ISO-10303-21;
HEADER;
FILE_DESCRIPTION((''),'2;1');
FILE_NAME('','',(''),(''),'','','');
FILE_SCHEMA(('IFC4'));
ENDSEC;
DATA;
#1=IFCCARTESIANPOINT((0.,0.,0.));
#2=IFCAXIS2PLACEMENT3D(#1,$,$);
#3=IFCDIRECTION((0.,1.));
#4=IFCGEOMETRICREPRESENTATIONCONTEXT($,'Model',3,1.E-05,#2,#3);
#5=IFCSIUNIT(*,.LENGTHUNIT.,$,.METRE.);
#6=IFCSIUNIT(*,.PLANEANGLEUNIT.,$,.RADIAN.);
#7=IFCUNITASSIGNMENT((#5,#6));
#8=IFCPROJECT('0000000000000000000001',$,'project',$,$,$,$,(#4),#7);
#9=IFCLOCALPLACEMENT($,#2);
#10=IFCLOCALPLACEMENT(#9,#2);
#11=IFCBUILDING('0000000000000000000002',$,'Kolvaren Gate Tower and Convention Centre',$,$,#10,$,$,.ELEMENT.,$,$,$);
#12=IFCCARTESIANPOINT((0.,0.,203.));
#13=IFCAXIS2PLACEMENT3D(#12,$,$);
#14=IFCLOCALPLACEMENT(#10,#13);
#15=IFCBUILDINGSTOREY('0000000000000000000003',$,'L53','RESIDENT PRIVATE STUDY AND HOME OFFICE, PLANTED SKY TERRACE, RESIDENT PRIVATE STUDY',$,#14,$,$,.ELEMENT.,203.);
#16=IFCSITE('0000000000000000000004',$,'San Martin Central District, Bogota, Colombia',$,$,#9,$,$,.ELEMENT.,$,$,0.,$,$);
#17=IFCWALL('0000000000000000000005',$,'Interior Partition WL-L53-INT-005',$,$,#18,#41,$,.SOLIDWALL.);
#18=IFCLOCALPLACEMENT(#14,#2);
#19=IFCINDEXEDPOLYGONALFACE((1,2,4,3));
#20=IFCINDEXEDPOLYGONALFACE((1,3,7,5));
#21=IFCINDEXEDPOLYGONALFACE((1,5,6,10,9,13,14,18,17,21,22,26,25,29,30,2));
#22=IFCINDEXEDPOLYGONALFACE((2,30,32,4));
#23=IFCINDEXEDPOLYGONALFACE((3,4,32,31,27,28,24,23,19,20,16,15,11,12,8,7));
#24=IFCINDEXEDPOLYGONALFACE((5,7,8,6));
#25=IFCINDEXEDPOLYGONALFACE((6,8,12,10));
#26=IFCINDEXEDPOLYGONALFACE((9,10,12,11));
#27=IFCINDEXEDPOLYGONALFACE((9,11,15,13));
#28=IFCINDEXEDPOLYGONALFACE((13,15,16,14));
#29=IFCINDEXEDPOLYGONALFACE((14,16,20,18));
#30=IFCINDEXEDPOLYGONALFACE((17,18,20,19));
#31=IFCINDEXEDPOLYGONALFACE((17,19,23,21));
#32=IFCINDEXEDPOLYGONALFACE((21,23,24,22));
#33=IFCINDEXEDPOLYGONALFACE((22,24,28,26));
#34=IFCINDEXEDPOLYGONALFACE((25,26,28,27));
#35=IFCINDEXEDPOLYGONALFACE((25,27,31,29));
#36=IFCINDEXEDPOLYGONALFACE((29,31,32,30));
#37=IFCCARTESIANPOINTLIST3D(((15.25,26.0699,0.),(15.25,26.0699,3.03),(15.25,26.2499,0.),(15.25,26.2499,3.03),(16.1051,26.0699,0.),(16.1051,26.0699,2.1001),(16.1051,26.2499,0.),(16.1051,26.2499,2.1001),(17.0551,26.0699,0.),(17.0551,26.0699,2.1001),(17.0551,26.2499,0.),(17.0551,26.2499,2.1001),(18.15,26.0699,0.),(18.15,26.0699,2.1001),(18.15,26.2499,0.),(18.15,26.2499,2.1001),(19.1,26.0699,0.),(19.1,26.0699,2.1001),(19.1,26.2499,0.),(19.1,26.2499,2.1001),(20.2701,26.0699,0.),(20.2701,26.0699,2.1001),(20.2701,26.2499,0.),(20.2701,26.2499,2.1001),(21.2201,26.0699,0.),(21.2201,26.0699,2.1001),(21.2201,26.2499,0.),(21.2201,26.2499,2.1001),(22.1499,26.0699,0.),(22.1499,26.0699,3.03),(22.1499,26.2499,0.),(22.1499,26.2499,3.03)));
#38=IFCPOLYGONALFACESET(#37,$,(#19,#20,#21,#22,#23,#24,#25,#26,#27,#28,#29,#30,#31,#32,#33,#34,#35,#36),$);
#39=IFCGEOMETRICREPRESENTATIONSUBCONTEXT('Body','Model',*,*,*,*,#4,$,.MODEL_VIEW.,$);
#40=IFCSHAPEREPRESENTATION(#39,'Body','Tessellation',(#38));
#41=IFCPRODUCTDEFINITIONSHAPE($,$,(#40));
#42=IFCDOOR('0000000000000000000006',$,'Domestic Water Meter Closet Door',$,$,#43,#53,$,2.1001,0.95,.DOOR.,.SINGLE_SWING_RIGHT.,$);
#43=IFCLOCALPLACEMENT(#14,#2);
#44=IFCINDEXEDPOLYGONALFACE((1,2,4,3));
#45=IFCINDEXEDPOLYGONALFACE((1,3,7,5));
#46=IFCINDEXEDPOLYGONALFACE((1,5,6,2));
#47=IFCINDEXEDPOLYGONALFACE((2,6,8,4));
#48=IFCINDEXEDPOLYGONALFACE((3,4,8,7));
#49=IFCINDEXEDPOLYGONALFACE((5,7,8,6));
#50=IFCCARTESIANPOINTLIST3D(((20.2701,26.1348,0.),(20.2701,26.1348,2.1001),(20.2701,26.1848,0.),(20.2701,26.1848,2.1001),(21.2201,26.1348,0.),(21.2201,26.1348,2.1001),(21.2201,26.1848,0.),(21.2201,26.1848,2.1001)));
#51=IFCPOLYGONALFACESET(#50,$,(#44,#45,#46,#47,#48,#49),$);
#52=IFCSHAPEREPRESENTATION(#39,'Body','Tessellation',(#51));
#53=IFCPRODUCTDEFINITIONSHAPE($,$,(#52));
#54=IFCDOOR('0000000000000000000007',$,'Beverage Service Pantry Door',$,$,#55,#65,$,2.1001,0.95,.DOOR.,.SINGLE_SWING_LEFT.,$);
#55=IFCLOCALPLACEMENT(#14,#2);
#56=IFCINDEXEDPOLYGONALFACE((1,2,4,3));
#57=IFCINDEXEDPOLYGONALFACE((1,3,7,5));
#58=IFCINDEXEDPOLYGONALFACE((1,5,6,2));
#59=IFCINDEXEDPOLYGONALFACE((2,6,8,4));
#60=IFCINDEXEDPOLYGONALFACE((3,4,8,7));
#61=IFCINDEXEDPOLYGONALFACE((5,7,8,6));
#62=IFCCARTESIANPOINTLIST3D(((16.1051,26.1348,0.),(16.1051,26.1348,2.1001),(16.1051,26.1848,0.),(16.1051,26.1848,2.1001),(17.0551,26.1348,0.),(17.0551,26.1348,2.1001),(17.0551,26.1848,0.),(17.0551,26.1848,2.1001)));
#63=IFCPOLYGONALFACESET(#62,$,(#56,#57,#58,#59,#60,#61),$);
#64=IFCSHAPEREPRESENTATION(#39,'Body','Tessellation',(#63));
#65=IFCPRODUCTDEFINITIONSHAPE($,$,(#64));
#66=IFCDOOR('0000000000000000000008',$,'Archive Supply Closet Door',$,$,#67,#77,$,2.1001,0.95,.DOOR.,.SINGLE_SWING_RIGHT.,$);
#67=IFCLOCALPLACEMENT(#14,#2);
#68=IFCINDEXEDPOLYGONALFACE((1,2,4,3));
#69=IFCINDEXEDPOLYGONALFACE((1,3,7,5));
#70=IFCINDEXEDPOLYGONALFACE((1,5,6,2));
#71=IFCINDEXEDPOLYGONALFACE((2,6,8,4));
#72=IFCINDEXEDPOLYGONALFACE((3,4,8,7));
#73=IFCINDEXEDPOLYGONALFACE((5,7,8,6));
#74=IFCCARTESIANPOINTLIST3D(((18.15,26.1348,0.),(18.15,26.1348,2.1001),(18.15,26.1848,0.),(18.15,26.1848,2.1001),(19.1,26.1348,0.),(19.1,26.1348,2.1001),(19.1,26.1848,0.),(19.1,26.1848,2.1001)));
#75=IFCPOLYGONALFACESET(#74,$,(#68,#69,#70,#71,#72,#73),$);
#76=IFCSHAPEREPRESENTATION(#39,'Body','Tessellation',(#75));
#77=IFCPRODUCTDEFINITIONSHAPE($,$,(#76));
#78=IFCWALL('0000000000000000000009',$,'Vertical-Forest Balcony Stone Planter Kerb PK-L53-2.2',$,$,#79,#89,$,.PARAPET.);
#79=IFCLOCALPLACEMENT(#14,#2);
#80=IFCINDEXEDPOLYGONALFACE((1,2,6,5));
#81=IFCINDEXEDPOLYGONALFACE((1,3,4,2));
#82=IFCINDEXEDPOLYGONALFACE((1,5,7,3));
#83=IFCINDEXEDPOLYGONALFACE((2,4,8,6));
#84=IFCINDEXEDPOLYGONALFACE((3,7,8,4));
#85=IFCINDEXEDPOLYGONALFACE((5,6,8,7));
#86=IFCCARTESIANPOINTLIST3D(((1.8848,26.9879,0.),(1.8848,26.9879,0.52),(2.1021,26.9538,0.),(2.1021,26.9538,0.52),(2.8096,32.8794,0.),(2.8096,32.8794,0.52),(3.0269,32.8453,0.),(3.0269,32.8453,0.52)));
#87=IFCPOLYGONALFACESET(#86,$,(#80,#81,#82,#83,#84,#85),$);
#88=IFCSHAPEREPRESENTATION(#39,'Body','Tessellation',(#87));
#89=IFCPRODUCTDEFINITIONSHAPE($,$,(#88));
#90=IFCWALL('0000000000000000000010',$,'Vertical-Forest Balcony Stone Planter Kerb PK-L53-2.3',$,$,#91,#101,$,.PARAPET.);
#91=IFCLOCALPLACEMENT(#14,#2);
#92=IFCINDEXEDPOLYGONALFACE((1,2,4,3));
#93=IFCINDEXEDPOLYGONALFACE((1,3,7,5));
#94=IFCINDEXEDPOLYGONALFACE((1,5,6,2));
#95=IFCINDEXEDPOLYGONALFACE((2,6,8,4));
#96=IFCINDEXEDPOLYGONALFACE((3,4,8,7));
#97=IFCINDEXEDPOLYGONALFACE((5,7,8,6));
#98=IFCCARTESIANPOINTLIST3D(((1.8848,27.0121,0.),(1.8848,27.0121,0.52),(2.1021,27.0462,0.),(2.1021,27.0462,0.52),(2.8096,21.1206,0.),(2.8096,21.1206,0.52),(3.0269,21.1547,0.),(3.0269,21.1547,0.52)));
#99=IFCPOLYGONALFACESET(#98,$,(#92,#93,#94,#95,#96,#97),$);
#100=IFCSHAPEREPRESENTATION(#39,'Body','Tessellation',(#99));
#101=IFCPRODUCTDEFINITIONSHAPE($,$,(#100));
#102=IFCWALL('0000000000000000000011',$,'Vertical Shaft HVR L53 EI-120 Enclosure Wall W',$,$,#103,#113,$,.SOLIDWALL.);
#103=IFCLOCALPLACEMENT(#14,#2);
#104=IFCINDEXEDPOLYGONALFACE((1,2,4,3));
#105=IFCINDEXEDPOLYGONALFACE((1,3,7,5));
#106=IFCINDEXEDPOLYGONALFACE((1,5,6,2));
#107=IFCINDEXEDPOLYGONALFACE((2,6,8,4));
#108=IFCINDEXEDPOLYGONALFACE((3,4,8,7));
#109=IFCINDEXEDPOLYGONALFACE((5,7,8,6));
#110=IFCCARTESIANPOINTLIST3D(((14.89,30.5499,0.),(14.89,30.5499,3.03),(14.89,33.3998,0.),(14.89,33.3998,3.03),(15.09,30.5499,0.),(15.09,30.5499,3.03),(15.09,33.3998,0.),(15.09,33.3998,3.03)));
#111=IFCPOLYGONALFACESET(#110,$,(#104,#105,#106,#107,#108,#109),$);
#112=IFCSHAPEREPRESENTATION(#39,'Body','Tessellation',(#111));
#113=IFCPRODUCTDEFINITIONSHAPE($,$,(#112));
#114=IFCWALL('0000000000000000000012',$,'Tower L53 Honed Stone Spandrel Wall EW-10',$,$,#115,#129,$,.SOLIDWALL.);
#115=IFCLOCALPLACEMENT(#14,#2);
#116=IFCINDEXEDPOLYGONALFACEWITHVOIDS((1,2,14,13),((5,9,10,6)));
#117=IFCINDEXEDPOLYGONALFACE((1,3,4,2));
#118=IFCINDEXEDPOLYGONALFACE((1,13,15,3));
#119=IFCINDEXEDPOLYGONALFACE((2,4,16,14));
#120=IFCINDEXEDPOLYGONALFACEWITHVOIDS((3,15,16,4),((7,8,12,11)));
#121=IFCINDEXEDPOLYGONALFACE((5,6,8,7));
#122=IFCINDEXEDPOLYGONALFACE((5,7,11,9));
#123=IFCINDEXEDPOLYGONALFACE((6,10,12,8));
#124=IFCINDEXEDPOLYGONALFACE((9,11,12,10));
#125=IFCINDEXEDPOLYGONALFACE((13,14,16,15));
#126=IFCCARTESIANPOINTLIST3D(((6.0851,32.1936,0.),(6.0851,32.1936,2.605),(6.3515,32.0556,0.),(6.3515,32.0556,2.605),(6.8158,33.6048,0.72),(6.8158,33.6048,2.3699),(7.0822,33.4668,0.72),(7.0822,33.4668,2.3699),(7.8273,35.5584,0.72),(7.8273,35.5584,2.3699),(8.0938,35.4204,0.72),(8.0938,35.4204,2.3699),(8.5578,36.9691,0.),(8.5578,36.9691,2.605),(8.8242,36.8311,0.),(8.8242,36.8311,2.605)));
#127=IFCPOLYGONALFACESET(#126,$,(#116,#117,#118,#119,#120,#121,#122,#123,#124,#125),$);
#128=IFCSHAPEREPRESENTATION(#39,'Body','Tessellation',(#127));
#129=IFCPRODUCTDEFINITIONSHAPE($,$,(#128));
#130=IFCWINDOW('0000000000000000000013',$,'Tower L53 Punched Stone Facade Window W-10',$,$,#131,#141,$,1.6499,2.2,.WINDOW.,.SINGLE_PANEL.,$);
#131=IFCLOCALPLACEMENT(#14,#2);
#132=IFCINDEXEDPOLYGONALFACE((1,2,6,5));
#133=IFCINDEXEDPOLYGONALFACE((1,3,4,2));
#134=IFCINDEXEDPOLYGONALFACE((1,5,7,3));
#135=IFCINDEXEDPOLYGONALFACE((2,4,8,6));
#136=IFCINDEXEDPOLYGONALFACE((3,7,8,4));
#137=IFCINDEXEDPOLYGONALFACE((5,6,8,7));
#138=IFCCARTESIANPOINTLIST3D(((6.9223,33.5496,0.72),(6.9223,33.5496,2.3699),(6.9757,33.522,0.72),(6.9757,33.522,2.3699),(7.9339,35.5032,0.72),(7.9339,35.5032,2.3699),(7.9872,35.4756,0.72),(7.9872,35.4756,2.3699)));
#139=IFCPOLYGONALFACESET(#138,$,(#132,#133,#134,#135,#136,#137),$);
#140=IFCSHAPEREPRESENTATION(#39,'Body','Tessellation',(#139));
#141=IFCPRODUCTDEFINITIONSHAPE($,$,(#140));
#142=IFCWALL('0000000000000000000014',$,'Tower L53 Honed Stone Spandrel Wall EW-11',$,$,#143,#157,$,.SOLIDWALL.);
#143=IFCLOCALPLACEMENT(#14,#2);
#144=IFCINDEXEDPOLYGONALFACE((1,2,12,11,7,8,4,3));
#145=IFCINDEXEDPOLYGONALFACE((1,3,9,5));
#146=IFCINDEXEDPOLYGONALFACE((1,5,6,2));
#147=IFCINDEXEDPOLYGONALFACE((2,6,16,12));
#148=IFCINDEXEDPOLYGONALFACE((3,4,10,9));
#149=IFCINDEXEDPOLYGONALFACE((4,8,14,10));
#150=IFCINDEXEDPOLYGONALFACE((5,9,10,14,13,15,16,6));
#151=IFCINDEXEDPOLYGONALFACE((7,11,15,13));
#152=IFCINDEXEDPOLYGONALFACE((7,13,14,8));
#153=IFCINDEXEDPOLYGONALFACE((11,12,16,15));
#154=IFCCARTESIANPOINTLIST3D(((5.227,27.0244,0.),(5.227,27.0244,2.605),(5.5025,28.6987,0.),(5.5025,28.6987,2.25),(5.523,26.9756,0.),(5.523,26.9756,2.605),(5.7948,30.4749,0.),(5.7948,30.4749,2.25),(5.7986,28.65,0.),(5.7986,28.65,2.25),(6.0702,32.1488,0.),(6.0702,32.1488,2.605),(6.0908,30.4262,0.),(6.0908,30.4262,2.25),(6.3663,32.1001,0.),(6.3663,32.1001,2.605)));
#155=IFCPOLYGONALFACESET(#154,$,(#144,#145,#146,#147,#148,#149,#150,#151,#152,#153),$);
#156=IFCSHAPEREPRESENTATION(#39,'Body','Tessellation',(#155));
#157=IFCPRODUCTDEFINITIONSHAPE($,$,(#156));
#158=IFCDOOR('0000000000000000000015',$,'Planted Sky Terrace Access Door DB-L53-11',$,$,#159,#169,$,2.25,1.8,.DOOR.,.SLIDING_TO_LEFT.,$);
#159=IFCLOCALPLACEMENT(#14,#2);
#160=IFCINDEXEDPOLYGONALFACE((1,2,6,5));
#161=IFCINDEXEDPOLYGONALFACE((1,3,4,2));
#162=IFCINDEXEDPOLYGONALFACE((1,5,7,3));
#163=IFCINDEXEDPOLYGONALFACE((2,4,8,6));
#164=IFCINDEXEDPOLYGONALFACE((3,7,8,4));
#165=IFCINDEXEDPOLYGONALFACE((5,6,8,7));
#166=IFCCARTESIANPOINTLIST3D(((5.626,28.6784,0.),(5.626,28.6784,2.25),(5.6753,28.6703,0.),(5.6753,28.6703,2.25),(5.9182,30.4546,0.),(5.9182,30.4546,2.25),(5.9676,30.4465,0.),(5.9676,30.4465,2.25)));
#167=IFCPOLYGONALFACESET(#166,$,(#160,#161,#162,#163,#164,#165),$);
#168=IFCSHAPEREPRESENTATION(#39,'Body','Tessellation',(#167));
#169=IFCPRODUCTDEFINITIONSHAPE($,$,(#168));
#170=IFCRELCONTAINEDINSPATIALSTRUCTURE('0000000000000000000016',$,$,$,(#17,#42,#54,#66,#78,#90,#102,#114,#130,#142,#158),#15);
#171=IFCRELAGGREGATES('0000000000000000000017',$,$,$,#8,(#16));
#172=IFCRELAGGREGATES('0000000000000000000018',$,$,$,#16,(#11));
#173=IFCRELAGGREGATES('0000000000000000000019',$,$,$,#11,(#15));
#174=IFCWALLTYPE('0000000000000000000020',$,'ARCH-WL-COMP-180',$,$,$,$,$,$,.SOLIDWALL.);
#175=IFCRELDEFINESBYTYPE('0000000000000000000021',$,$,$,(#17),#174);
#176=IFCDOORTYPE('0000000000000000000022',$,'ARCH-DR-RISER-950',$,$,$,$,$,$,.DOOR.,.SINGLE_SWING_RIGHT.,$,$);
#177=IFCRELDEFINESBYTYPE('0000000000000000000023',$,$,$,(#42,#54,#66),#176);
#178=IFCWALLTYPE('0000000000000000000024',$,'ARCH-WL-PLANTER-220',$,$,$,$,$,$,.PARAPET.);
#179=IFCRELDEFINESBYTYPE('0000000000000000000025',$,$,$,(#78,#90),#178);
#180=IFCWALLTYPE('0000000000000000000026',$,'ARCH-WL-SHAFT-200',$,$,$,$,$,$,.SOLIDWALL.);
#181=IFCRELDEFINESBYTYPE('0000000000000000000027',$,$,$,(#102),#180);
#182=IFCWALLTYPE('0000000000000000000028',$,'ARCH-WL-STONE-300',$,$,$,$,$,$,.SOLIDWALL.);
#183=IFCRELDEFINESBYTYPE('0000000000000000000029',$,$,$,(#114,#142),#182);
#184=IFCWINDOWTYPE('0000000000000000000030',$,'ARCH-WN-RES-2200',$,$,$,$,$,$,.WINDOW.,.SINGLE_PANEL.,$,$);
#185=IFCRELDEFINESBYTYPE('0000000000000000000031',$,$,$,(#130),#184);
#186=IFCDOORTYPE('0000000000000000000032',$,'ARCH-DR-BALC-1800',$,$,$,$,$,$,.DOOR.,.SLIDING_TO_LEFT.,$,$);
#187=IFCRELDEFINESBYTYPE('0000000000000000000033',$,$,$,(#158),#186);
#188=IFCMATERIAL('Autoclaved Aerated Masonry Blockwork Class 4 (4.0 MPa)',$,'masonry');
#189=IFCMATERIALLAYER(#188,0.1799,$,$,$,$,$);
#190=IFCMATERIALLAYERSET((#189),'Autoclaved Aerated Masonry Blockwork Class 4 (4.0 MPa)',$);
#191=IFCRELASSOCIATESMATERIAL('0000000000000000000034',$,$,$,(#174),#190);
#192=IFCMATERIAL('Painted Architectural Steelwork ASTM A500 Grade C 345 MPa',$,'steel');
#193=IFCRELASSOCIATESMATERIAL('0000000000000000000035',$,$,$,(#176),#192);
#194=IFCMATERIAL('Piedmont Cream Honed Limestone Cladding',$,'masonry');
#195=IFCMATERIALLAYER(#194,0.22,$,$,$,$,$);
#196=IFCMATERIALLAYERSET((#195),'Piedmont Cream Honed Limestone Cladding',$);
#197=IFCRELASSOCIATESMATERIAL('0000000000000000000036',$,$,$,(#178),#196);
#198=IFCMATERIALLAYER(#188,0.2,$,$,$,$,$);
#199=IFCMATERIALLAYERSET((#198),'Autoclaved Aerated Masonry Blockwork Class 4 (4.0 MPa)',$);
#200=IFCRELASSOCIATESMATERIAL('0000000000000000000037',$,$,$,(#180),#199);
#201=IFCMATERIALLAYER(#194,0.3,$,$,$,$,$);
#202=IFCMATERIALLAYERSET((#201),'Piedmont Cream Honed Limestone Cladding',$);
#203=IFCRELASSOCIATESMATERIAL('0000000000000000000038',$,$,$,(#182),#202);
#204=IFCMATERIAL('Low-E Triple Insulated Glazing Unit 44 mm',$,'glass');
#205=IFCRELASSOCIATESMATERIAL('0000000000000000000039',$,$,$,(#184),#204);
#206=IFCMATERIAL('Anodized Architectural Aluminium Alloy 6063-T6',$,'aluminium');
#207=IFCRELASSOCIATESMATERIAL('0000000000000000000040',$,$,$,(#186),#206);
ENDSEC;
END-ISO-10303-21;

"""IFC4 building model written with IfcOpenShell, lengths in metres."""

from ifc_helpers import new_model, si_unit, direction, frame, frame_2d, origin, place, context, subcontext, project, spatial, rectangle, extrude, material, layer, layer_set, type_object, element, fill, save


model = new_model("IFC4")

# Units and contexts
model_context = context("Model", 3, precision=1e-05, world=origin(), true_north=direction((0.0, 1.0)))
body_context = subcontext(model_context, "Body", "Model", "MODEL_VIEW")
ifc_project = project(units=[si_unit("LENGTHUNIT", "METRE"), si_unit("PLANEANGLEUNIT", "RADIAN")], contexts=[model_context])

# Site, building, storey
site_placement = place(None, origin())
site = spatial("IfcSite", under=ifc_project, at=site_placement, Name="San Martin Central District, Bogota, Colombia", CompositionType="ELEMENT", RefElevation=0.0)
building_placement = place(site_placement, origin())
building = spatial("IfcBuilding", under=site, at=building_placement, Name="Kolvaren Gate Tower and Convention Centre", CompositionType="ELEMENT")
storey_placement = place(building_placement, frame((0.0, 0.0, 203.0)))
storey = spatial("IfcBuildingStorey", under=building, at=storey_placement, Name="L53", Description="RESIDENT PRIVATE STUDY AND HOME OFFICE, PLANTED SKY TERRACE, RESIDENT PRIVATE STUDY", CompositionType="ELEMENT", Elevation=203.0)

# Wall, openings, doors
ifc_material_1 = material(Name="Autoclaved Aerated Masonry Blockwork Class 4 (4.0 MPa)", Category="masonry")
ifc_layer_1 = layer(ifc_material_1, 0.1799)
ifc_layer_set_1 = layer_set([ifc_layer_1], Name="Autoclaved Aerated Masonry Blockwork Class 4 (4.0 MPa)")
wall_type_1 = type_object("IfcWallType", Name="ARCH-WL-COMP-180", PredefinedType="SOLIDWALL", material=ifc_layer_set_1)
ifc_material_2 = material(Name="Painted Architectural Steelwork ASTM A500 Grade C 345 MPa", Category="steel")
door_type_1 = type_object("IfcDoorType", Name="ARCH-DR-RISER-950", OperationType="SINGLE_SWING_RIGHT", PredefinedType="DOOR", material=ifc_material_2)
wall_1_placement = place(storey_placement, frame((15.25, 26.1599, 0.0), z_axis=(0.0, 0.0, 1.0), x_axis=(1.0, 0.0, 0.0)))
wall_1 = element("IfcWall", 1, at=wall_1_placement, inside=storey, type_object=wall_type_1, Name="Interior Partition WL-L53-INT-005", PredefinedType="SOLIDWALL", context=body_context, shape_type="SweptSolid", body=[
    extrude(rectangle(XDim=6.8999, YDim=0.1799, at=frame_2d((3.45, 0.0))), origin(), (0.0, 0.0, 1.0), 3.03),
])
opening_1_placement = place(wall_1_placement, frame((5.02, 0.0, 0.0)))
opening_1 = element("IfcOpeningElement", 2, at=opening_1_placement, cuts=wall_1, PredefinedType="OPENING", context=body_context, shape_type="SweptSolid", body=[
    extrude(rectangle(XDim=0.95, YDim=2.1001, at=frame_2d((0.4751, 1.05))), frame((0.0, 0.0999, 0.0), z_axis=(0.0, -1.0, 0.0), x_axis=(1.0, 0.0, 0.0)), (0.0, 0.0, 1.0), 0.2),
])
opening_2_placement = place(wall_1_placement, frame((0.855, 0.0, 0.0)))
opening_2 = element("IfcOpeningElement", 3, at=opening_2_placement, cuts=wall_1, PredefinedType="OPENING", context=body_context, shape_type="SweptSolid", body=[
    extrude(rectangle(XDim=0.95, YDim=2.1001, at=frame_2d((0.4751, 1.05))), frame((0.0, 0.0999, 0.0), z_axis=(0.0, -1.0, 0.0), x_axis=(1.0, 0.0, 0.0)), (0.0, 0.0, 1.0), 0.2),
])
opening_3_placement = place(wall_1_placement, frame((2.8999, 0.0, 0.0)))
opening_3 = element("IfcOpeningElement", 4, at=opening_3_placement, cuts=wall_1, PredefinedType="OPENING", context=body_context, shape_type="SweptSolid", body=[
    extrude(rectangle(XDim=0.95, YDim=2.1001, at=frame_2d((0.4751, 1.05))), frame((0.0, 0.0999, 0.0), z_axis=(0.0, -1.0, 0.0), x_axis=(1.0, 0.0, 0.0)), (0.0, 0.0, 1.0), 0.2),
])
door_1_placement = place(opening_1_placement, origin())
door_1 = element("IfcDoor", 5, at=door_1_placement, inside=storey, type_object=door_type_1, Name="Domestic Water Meter Closet Door", OperationType="SINGLE_SWING_RIGHT", OverallHeight=2.1001, OverallWidth=0.95, PredefinedType="DOOR", context=body_context, shape_type="SweptSolid", body=[
    extrude(rectangle(XDim=0.95, YDim=2.1001, at=frame_2d((0.4751, 1.05))), frame((0.0, 0.0249, 0.0), z_axis=(0.0, -1.0, 0.0), x_axis=(1.0, 0.0, 0.0)), (0.0, 0.0, 1.0), 0.05),
])
fill(opening_1, door_1)
door_2_placement = place(opening_2_placement, origin())
door_2 = element("IfcDoor", 6, at=door_2_placement, inside=storey, type_object=door_type_1, Name="Beverage Service Pantry Door", OperationType="SINGLE_SWING_LEFT", OverallHeight=2.1001, OverallWidth=0.95, PredefinedType="DOOR", context=body_context, shape_type="SweptSolid", body=[
    extrude(rectangle(XDim=0.95, YDim=2.1001, at=frame_2d((0.4751, 1.05))), frame((0.0, 0.0249, 0.0), z_axis=(0.0, -1.0, 0.0), x_axis=(1.0, 0.0, 0.0)), (0.0, 0.0, 1.0), 0.05),
])
fill(opening_2, door_2)
door_3_placement = place(opening_3_placement, origin())
door_3 = element("IfcDoor", 7, at=door_3_placement, inside=storey, type_object=door_type_1, Name="Archive Supply Closet Door", OperationType="SINGLE_SWING_RIGHT", OverallHeight=2.1001, OverallWidth=0.95, PredefinedType="DOOR", context=body_context, shape_type="SweptSolid", body=[
    extrude(rectangle(XDim=0.95, YDim=2.1001, at=frame_2d((0.4751, 1.05))), frame((0.0, 0.0249, 0.0), z_axis=(0.0, -1.0, 0.0), x_axis=(1.0, 0.0, 0.0)), (0.0, 0.0, 1.0), 0.05),
])
fill(opening_3, door_3)

# Walls
ifc_material_3 = material(Name="Piedmont Cream Honed Limestone Cladding", Category="masonry")
ifc_layer_2 = layer(ifc_material_3, 0.22)
ifc_layer_set_2 = layer_set([ifc_layer_2], Name="Piedmont Cream Honed Limestone Cladding")
wall_type_2 = type_object("IfcWallType", Name="ARCH-WL-PLANTER-220", PredefinedType="PARAPET", material=ifc_layer_set_2)
for number, where, z_axis, x_axis, name in (
    (8, (1.9934, 26.9707, 0.0), (0.0, 0.0, 1.0), (0.155071, 0.987903, 0.0), "Vertical-Forest Balcony Stone Planter Kerb PK-L53-2.2"),
    (9, (1.9934, 27.0293, 0.0), (0.0, 0.0, 1.0), (0.155071, -0.987903, 0.0), "Vertical-Forest Balcony Stone Planter Kerb PK-L53-2.3"),
):
    element("IfcWall", number, at=place(storey_placement, frame(where, z_axis=z_axis, x_axis=x_axis)), inside=storey, type_object=wall_type_2, Name=name, PredefinedType="PARAPET", context=body_context, shape_type="SweptSolid", body=[
        extrude(rectangle(XDim=5.9636, YDim=0.22, at=frame_2d((2.9819, 0.0))), origin(), (0.0, 0.0, 1.0), 0.52),
    ])
ifc_layer_3 = layer(ifc_material_1, 0.2)
ifc_layer_set_3 = layer_set([ifc_layer_3], Name="Autoclaved Aerated Masonry Blockwork Class 4 (4.0 MPa)")
wall_type_3 = type_object("IfcWallType", Name="ARCH-WL-SHAFT-200", PredefinedType="SOLIDWALL", material=ifc_layer_set_3)
wall_2_placement = place(storey_placement, frame((14.99, 30.55, 0.0), z_axis=(0.0, 0.0, 1.0), x_axis=(0.0, 1.0, 0.0)))
element("IfcWall", 10, at=wall_2_placement, inside=storey, type_object=wall_type_3, Name="Vertical Shaft HVR L53 EI-120 Enclosure Wall W", PredefinedType="SOLIDWALL", context=body_context, shape_type="SweptSolid", body=[
    extrude(rectangle(XDim=2.8499, YDim=0.2, at=frame_2d((1.4248, 0.0))), origin(), (0.0, 0.0, 1.0), 3.03),
])

# Wall, opening, window
ifc_layer_4 = layer(ifc_material_3, 0.3)
ifc_layer_set_4 = layer_set([ifc_layer_4], Name="Piedmont Cream Honed Limestone Cladding")
wall_type_4 = type_object("IfcWallType", Name="ARCH-WL-STONE-300", PredefinedType="SOLIDWALL", material=ifc_layer_set_4)
wall_3_placement = place(storey_placement, frame((6.2183, 32.1245, 0.0), z_axis=(0.0, 0.0, 1.0), x_axis=(0.459808, 0.888018, 0.0)))
wall_3 = element("IfcWall", 11, at=wall_3_placement, inside=storey, type_object=wall_type_4, Name="Tower L53 Honed Stone Spandrel Wall EW-10", PredefinedType="SOLIDWALL", context=body_context, shape_type="SweptSolid", body=[
    extrude(rectangle(XDim=5.3777, YDim=0.3, at=frame_2d((2.689, 0.0))), origin(), (0.0, 0.0, 1.0), 2.605),
])
opening_4_placement = place(wall_3_placement, frame((1.5891, 0.0, 0.72)))
opening_4 = element("IfcOpeningElement", 12, at=opening_4_placement, cuts=wall_3, PredefinedType="OPENING", context=body_context, shape_type="SweptSolid", body=[
    extrude(rectangle(XDim=2.2, YDim=1.6499, at=frame_2d((1.1001, 0.825))), frame((0.0, 0.1599, 0.0), z_axis=(0.0, -1.0, 0.0), x_axis=(1.0, 0.0, 0.0)), (0.0, 0.0, 1.0), 0.3201),
])
ifc_material_4 = material(Name="Low-E Triple Insulated Glazing Unit 44 mm", Category="glass")
window_type = type_object("IfcWindowType", Name="ARCH-WN-RES-2200", PartitioningType="SINGLE_PANEL", PredefinedType="WINDOW", material=ifc_material_4)
window_1_placement = place(opening_4_placement, origin())
window_1 = element("IfcWindow", 13, at=window_1_placement, inside=storey, type_object=window_type, Name="Tower L53 Punched Stone Facade Window W-10", OverallHeight=1.6499, OverallWidth=2.2, PartitioningType="SINGLE_PANEL", PredefinedType="WINDOW", context=body_context, shape_type="SweptSolid", body=[
    extrude(rectangle(XDim=2.2, YDim=1.6499, at=frame_2d((1.1001, 0.825))), frame((0.0, 0.03, 0.0), z_axis=(0.0, -1.0, 0.0), x_axis=(1.0, 0.0, 0.0)), (0.0, 0.0, 1.0), 0.0601),
])
fill(opening_4, window_1)

# Wall, opening, door
wall_4_placement = place(storey_placement, frame((5.375, 27.0, 0.0), z_axis=(0.0, 0.0, 1.0), x_axis=(0.162371, 0.98673, 0.0)))
wall_4 = element("IfcWall", 14, at=wall_4_placement, inside=storey, type_object=wall_type_4, Name="Tower L53 Honed Stone Spandrel Wall EW-11", PredefinedType="SOLIDWALL", context=body_context, shape_type="SweptSolid", body=[
    extrude(rectangle(XDim=5.1934, YDim=0.3, at=frame_2d((2.5967, 0.0))), origin(), (0.0, 0.0, 1.0), 2.605),
])
opening_5_placement = place(wall_4_placement, frame((1.697, 0.0, 0.0)))
opening_5 = element("IfcOpeningElement", 15, at=opening_5_placement, cuts=wall_4, PredefinedType="OPENING", context=body_context, shape_type="SweptSolid", body=[
    extrude(rectangle(XDim=1.8, YDim=2.25, at=frame_2d((0.8999, 1.125))), frame((0.0, 0.1599, 0.0), z_axis=(0.0, -1.0, 0.0), x_axis=(1.0, 0.0, 0.0)), (0.0, 0.0, 1.0), 0.3201),
])
ifc_material_5 = material(Name="Anodized Architectural Aluminium Alloy 6063-T6", Category="aluminium")
door_type_2 = type_object("IfcDoorType", Name="ARCH-DR-BALC-1800", OperationType="SLIDING_TO_LEFT", PredefinedType="DOOR", material=ifc_material_5)
door_4_placement = place(opening_5_placement, origin())
door_4 = element("IfcDoor", 16, at=door_4_placement, inside=storey, type_object=door_type_2, Name="Planted Sky Terrace Access Door DB-L53-11", OperationType="SLIDING_TO_LEFT", OverallHeight=2.25, OverallWidth=1.8, PredefinedType="DOOR", context=body_context, shape_type="SweptSolid", body=[
    extrude(rectangle(XDim=1.8, YDim=2.25, at=frame_2d((0.8999, 1.125))), frame((0.0, 0.0249, 0.0), z_axis=(0.0, -1.0, 0.0), x_axis=(1.0, 0.0, 0.0)), (0.0, 0.0, 1.0), 0.05),
])
fill(opening_5, door_4)

save(model, "model.ifc")
